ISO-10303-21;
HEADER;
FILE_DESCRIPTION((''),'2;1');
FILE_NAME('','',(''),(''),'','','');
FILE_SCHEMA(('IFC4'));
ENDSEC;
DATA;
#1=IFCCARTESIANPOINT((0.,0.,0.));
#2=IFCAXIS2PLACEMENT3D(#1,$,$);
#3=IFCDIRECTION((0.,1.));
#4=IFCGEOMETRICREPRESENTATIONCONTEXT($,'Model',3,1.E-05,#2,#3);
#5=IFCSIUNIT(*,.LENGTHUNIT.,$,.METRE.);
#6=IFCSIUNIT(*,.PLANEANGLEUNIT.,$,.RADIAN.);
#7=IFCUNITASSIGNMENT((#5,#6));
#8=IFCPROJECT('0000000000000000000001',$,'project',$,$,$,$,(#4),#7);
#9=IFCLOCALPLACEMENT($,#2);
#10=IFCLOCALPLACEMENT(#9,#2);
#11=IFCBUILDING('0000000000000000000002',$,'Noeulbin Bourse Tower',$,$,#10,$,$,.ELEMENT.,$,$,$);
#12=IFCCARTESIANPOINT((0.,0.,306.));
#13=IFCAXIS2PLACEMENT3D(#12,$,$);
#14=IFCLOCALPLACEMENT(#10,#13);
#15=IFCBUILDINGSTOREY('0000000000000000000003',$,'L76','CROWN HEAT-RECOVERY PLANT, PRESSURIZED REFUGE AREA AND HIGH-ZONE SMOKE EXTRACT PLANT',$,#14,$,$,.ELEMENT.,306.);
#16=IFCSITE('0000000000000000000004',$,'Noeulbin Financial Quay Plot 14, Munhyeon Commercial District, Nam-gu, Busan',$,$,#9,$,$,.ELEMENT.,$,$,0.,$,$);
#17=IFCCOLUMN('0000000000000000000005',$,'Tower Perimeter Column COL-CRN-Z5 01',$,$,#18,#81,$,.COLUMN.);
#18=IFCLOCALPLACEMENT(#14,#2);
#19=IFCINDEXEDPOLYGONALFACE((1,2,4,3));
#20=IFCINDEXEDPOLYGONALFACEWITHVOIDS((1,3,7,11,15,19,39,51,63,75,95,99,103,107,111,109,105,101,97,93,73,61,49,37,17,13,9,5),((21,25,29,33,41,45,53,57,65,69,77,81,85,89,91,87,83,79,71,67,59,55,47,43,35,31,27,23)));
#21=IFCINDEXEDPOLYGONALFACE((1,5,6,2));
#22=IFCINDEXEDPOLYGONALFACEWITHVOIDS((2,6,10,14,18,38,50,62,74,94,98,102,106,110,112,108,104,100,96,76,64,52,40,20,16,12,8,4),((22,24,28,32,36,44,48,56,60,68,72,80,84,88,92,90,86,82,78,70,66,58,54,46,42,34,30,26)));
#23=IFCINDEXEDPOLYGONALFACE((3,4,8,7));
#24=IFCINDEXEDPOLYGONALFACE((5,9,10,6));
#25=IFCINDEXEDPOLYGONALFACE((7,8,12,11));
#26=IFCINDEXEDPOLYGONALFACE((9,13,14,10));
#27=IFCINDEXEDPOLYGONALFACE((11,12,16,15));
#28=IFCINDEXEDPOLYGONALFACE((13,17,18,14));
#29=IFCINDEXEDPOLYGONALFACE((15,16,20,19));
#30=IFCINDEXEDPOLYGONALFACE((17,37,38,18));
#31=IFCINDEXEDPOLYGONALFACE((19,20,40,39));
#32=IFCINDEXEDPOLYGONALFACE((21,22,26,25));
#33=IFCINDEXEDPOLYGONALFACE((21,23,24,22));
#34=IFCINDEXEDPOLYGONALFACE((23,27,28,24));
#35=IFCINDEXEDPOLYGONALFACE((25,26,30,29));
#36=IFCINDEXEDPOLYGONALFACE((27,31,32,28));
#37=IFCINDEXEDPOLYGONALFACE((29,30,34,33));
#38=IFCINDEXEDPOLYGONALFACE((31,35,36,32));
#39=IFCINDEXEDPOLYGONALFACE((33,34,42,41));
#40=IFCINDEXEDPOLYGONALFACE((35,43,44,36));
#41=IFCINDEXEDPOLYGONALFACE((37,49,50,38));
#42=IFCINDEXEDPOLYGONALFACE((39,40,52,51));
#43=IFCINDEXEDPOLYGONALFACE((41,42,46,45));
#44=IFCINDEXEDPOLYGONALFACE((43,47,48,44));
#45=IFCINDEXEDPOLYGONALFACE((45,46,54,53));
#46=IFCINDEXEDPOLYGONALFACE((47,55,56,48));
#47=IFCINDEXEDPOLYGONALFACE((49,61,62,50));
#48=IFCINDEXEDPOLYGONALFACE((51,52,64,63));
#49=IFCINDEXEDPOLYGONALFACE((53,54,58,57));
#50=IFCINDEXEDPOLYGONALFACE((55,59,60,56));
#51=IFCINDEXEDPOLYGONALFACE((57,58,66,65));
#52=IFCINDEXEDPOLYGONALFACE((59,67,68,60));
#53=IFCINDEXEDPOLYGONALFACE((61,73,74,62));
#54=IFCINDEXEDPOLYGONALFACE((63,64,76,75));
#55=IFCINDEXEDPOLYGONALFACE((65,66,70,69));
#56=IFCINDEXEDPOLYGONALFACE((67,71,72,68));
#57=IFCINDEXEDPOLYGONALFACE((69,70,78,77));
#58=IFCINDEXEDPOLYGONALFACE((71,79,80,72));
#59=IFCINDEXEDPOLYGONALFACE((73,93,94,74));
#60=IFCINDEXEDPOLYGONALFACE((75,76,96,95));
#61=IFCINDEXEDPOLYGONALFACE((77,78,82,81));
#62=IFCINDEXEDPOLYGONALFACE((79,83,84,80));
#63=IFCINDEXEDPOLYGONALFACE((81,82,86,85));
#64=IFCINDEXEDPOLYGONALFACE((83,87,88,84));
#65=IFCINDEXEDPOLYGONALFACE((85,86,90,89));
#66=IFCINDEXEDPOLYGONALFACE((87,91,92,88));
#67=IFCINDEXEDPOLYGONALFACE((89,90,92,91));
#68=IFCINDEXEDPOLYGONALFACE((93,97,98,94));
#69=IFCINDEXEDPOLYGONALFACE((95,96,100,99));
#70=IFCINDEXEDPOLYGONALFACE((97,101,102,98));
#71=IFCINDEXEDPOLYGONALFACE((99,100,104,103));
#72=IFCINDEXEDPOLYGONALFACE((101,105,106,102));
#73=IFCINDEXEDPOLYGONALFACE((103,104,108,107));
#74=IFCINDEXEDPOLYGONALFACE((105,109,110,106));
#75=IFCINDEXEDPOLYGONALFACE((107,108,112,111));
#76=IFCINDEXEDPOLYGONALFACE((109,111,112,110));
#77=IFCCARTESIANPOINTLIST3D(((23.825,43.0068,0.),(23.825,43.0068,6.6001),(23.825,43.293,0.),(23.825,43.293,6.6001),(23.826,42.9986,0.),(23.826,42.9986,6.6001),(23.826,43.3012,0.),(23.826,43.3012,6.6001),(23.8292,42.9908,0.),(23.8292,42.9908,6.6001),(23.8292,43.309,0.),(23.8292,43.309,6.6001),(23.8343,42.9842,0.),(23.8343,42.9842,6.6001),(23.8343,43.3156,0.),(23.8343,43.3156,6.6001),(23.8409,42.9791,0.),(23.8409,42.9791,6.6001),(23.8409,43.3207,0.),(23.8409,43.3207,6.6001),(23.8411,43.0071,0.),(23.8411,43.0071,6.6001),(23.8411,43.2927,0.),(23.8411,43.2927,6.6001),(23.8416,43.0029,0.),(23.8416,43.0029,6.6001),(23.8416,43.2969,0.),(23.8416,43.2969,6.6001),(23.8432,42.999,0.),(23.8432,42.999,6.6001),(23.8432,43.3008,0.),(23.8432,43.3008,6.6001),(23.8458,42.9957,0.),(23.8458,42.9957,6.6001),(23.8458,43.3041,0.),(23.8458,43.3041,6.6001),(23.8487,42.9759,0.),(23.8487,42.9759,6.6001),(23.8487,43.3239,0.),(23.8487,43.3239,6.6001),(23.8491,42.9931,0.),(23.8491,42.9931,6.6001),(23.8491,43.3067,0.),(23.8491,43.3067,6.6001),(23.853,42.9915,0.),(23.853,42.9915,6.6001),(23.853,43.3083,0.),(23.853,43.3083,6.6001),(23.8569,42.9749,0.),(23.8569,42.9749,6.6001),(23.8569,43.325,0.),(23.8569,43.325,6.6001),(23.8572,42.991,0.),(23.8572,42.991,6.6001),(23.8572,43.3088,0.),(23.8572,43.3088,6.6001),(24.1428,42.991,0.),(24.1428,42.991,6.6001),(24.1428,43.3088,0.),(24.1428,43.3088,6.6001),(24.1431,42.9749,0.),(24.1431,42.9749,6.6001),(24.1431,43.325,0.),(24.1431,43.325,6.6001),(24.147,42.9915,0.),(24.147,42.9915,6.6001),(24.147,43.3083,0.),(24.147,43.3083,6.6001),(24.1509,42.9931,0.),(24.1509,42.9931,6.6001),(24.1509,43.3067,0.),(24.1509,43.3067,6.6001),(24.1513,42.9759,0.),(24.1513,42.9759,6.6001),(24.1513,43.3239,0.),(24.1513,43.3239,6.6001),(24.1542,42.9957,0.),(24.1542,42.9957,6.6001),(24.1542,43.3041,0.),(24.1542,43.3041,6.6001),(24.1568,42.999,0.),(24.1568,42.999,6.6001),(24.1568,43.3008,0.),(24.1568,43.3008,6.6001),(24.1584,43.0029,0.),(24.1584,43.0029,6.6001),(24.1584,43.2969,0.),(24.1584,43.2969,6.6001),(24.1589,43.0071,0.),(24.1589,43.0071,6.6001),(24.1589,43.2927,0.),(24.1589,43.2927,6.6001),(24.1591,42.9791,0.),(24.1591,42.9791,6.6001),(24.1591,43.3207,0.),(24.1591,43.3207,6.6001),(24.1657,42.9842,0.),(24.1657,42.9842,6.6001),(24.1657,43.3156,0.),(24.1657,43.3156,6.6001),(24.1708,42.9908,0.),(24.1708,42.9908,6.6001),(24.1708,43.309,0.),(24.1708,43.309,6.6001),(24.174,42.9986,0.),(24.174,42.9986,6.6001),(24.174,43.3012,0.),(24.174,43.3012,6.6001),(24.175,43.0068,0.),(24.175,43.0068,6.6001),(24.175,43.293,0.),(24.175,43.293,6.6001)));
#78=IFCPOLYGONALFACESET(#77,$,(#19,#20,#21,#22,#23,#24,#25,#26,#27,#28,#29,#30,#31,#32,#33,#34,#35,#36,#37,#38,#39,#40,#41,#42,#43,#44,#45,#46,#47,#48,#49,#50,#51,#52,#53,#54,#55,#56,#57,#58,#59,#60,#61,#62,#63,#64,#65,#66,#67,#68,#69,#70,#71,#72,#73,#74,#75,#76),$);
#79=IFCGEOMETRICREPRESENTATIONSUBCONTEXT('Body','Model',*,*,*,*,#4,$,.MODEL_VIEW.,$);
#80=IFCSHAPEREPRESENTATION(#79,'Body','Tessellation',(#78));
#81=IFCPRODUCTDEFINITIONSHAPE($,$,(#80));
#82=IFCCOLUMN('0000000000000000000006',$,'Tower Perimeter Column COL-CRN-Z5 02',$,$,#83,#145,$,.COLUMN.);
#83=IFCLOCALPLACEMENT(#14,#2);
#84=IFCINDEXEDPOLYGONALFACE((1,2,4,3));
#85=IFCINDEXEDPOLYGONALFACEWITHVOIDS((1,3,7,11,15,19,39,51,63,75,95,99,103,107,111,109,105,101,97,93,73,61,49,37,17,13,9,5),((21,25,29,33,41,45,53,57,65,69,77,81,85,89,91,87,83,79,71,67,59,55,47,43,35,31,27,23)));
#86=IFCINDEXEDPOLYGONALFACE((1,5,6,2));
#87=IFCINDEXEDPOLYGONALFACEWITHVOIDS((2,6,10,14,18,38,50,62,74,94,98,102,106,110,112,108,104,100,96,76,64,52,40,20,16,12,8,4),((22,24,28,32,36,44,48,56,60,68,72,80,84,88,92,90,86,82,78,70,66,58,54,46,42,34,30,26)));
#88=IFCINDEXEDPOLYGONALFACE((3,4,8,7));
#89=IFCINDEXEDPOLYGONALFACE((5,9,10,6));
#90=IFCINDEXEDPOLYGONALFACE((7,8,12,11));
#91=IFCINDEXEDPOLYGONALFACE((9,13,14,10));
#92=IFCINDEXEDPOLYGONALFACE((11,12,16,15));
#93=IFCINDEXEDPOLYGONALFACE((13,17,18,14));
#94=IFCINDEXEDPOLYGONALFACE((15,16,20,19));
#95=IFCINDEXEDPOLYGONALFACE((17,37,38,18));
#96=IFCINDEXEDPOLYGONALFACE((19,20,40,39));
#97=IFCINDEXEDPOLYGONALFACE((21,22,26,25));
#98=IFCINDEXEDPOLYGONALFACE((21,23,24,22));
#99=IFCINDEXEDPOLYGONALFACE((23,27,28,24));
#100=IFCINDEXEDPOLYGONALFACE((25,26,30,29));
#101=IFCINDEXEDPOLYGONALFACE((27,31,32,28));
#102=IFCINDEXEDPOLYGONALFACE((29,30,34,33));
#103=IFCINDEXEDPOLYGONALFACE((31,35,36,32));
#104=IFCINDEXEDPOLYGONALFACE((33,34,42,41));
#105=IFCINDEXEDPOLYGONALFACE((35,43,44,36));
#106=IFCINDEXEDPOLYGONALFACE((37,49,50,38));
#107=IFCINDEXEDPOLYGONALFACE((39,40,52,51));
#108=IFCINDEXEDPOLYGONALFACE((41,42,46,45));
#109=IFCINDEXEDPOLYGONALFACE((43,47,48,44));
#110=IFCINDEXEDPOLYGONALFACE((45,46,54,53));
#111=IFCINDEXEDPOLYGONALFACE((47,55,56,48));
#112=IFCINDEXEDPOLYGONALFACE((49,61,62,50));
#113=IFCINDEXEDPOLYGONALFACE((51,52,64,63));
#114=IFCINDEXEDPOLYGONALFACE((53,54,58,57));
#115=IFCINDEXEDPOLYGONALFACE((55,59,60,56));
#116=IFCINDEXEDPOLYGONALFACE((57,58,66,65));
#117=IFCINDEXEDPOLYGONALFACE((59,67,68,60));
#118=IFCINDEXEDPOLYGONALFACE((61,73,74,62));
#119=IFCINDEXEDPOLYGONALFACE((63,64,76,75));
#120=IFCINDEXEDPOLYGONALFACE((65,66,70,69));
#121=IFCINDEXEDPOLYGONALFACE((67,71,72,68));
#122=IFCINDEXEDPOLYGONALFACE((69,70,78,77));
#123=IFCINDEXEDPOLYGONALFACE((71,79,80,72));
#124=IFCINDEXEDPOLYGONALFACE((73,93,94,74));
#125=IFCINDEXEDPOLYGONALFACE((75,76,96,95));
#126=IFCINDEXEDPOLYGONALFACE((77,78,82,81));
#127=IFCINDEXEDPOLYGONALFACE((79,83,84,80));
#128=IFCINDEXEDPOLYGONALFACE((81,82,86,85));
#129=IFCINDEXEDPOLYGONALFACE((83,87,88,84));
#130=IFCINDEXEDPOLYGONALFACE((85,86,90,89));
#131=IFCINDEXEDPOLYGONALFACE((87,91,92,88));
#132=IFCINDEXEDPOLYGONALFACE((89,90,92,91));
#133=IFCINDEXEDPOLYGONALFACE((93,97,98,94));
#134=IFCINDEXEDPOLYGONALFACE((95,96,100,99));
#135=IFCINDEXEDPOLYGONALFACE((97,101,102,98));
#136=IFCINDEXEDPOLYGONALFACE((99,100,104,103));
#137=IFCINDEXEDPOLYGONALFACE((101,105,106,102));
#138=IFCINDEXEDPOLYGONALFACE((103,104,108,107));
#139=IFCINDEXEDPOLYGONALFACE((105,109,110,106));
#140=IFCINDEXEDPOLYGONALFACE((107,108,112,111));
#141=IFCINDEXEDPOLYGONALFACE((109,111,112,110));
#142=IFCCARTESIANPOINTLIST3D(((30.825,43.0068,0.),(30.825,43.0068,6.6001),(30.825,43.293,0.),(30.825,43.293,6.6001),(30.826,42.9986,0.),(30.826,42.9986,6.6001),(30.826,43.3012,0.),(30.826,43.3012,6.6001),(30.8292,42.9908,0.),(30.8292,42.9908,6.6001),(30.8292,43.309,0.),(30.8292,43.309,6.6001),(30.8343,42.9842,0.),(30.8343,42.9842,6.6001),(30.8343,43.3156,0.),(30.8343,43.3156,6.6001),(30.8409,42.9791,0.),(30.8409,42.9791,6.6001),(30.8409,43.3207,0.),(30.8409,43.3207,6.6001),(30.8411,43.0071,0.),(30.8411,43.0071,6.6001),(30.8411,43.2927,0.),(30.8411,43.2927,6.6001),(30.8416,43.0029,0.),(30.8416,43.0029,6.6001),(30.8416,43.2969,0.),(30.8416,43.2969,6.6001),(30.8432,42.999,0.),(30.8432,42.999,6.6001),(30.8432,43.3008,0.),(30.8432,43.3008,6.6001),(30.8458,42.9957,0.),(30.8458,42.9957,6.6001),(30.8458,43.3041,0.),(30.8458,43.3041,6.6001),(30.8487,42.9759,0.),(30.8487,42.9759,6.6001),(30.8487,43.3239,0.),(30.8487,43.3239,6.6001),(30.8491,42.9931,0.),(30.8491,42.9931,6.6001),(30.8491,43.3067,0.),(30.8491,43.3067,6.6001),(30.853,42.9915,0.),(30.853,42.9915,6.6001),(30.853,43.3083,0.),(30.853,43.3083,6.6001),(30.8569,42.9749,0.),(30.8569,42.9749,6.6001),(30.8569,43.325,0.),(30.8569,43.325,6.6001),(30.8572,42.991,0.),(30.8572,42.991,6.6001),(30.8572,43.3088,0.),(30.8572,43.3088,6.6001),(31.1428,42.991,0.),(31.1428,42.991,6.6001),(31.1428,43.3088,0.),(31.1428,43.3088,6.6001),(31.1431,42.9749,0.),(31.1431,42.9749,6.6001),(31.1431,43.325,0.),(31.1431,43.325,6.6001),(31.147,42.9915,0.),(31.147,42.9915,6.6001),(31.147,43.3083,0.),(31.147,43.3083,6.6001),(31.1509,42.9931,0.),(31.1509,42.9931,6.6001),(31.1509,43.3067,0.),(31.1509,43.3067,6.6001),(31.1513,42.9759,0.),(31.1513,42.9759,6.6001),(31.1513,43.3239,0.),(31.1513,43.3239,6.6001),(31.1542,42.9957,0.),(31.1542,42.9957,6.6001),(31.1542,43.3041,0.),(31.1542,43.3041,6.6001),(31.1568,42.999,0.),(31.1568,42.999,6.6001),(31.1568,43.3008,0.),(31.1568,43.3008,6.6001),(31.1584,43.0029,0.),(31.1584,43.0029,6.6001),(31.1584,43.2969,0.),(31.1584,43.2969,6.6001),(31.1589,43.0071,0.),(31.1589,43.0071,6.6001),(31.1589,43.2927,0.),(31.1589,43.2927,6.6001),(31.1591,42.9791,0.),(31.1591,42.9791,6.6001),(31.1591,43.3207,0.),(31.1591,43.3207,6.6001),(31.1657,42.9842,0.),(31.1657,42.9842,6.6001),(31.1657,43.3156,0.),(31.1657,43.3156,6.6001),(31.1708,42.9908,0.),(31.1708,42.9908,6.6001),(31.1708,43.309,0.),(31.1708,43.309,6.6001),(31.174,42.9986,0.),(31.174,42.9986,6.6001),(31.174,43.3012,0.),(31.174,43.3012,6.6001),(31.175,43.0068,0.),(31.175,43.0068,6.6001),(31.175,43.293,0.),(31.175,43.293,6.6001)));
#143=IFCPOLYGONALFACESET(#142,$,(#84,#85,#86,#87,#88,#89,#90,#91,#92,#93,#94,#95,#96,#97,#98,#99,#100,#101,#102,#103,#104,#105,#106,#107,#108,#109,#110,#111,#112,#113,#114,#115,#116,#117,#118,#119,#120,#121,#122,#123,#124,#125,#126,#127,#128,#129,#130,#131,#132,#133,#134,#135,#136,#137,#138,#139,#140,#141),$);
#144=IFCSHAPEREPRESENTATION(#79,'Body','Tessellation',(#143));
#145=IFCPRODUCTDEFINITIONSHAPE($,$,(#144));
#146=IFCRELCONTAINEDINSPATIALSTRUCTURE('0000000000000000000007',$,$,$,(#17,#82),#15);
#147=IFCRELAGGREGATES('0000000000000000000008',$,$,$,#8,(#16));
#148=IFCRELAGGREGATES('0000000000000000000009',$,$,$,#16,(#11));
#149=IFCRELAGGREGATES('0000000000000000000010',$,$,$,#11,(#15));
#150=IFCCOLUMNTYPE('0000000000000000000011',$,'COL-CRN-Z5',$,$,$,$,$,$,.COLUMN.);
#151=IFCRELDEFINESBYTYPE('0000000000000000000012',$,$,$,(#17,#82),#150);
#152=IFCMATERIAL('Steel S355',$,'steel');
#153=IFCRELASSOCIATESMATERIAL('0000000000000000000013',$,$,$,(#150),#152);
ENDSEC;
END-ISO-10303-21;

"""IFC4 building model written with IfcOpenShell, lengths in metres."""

from ifc_helpers import new_model, si_unit, direction, frame, origin, origin_2d, place, context, subcontext, project, spatial, hollow_rectangle, extrude, material, material_profile, profile_set, type_object, element, save


model = new_model("IFC4")

# Units and contexts
model_context = context("Model", 3, precision=1e-05, world=origin(), true_north=direction((0.0, 1.0)))
body_context = subcontext(model_context, "Body", "Model", "MODEL_VIEW")
ifc_project = project(units=[si_unit("LENGTHUNIT", "METRE"), si_unit("PLANEANGLEUNIT", "RADIAN")], contexts=[model_context])

# Site, building, storey
site_placement = place(None, origin())
site = spatial("IfcSite", under=ifc_project, at=site_placement, Name="Noeulbin Financial Quay Plot 14, Munhyeon Commercial District, Nam-gu, Busan", CompositionType="ELEMENT", RefElevation=0.0)
building_placement = place(site_placement, origin())
building = spatial("IfcBuilding", under=site, at=building_placement, Name="Noeulbin Bourse Tower", CompositionType="ELEMENT")
storey_placement = place(building_placement, frame((0.0, 0.0, 306.0)))
storey = spatial("IfcBuildingStorey", under=building, at=storey_placement, Name="L76", Description="CROWN HEAT-RECOVERY PLANT, PRESSURIZED REFUGE AREA AND HIGH-ZONE SMOKE EXTRACT PLANT", CompositionType="ELEMENT", Elevation=306.0)

# Columns
ifc_material_1 = material(Name="Steel S355", Category="steel")
ifc_material_profile_1 = material_profile(ifc_material_1, hollow_rectangle(XDim=0.3501, YDim=0.3501, WallThickness=0.0161, InnerFilletRadius=0.0161, OuterFilletRadius=0.032, at=origin_2d()), Name="SHS-350x350x16", Category="LoadBearing")
ifc_profile_set_1 = profile_set([ifc_material_profile_1], Name="Steel S355")
column_type_1 = type_object("IfcColumnType", Name="COL-CRN-Z5", PredefinedType="COLUMN", material=ifc_profile_set_1)
for number, where, z_axis, x_axis, name in (
    (1, (24.0, 43.1499, 0.0), (0.0, 0.0, 1.0), (1.0, 0.0, 0.0), "Tower Perimeter Column COL-CRN-Z5 01"),
    (2, (31.0, 43.1499, 0.0), (0.0, 0.0, 1.0), (1.0, 0.0, 0.0), "Tower Perimeter Column COL-CRN-Z5 02"),
):
    element("IfcColumn", number, at=place(storey_placement, frame(where, z_axis=z_axis, x_axis=x_axis)), inside=storey, type_object=column_type_1, Name=name, PredefinedType="COLUMN", context=body_context, shape_type="SweptSolid", body=[
        extrude(hollow_rectangle(XDim=0.3501, YDim=0.3501, WallThickness=0.0161, InnerFilletRadius=0.0161, OuterFilletRadius=0.032, at=origin_2d()), origin(), (0.0, 0.0, 1.0), 6.6001),
    ])

save(model, "model.ifc")
